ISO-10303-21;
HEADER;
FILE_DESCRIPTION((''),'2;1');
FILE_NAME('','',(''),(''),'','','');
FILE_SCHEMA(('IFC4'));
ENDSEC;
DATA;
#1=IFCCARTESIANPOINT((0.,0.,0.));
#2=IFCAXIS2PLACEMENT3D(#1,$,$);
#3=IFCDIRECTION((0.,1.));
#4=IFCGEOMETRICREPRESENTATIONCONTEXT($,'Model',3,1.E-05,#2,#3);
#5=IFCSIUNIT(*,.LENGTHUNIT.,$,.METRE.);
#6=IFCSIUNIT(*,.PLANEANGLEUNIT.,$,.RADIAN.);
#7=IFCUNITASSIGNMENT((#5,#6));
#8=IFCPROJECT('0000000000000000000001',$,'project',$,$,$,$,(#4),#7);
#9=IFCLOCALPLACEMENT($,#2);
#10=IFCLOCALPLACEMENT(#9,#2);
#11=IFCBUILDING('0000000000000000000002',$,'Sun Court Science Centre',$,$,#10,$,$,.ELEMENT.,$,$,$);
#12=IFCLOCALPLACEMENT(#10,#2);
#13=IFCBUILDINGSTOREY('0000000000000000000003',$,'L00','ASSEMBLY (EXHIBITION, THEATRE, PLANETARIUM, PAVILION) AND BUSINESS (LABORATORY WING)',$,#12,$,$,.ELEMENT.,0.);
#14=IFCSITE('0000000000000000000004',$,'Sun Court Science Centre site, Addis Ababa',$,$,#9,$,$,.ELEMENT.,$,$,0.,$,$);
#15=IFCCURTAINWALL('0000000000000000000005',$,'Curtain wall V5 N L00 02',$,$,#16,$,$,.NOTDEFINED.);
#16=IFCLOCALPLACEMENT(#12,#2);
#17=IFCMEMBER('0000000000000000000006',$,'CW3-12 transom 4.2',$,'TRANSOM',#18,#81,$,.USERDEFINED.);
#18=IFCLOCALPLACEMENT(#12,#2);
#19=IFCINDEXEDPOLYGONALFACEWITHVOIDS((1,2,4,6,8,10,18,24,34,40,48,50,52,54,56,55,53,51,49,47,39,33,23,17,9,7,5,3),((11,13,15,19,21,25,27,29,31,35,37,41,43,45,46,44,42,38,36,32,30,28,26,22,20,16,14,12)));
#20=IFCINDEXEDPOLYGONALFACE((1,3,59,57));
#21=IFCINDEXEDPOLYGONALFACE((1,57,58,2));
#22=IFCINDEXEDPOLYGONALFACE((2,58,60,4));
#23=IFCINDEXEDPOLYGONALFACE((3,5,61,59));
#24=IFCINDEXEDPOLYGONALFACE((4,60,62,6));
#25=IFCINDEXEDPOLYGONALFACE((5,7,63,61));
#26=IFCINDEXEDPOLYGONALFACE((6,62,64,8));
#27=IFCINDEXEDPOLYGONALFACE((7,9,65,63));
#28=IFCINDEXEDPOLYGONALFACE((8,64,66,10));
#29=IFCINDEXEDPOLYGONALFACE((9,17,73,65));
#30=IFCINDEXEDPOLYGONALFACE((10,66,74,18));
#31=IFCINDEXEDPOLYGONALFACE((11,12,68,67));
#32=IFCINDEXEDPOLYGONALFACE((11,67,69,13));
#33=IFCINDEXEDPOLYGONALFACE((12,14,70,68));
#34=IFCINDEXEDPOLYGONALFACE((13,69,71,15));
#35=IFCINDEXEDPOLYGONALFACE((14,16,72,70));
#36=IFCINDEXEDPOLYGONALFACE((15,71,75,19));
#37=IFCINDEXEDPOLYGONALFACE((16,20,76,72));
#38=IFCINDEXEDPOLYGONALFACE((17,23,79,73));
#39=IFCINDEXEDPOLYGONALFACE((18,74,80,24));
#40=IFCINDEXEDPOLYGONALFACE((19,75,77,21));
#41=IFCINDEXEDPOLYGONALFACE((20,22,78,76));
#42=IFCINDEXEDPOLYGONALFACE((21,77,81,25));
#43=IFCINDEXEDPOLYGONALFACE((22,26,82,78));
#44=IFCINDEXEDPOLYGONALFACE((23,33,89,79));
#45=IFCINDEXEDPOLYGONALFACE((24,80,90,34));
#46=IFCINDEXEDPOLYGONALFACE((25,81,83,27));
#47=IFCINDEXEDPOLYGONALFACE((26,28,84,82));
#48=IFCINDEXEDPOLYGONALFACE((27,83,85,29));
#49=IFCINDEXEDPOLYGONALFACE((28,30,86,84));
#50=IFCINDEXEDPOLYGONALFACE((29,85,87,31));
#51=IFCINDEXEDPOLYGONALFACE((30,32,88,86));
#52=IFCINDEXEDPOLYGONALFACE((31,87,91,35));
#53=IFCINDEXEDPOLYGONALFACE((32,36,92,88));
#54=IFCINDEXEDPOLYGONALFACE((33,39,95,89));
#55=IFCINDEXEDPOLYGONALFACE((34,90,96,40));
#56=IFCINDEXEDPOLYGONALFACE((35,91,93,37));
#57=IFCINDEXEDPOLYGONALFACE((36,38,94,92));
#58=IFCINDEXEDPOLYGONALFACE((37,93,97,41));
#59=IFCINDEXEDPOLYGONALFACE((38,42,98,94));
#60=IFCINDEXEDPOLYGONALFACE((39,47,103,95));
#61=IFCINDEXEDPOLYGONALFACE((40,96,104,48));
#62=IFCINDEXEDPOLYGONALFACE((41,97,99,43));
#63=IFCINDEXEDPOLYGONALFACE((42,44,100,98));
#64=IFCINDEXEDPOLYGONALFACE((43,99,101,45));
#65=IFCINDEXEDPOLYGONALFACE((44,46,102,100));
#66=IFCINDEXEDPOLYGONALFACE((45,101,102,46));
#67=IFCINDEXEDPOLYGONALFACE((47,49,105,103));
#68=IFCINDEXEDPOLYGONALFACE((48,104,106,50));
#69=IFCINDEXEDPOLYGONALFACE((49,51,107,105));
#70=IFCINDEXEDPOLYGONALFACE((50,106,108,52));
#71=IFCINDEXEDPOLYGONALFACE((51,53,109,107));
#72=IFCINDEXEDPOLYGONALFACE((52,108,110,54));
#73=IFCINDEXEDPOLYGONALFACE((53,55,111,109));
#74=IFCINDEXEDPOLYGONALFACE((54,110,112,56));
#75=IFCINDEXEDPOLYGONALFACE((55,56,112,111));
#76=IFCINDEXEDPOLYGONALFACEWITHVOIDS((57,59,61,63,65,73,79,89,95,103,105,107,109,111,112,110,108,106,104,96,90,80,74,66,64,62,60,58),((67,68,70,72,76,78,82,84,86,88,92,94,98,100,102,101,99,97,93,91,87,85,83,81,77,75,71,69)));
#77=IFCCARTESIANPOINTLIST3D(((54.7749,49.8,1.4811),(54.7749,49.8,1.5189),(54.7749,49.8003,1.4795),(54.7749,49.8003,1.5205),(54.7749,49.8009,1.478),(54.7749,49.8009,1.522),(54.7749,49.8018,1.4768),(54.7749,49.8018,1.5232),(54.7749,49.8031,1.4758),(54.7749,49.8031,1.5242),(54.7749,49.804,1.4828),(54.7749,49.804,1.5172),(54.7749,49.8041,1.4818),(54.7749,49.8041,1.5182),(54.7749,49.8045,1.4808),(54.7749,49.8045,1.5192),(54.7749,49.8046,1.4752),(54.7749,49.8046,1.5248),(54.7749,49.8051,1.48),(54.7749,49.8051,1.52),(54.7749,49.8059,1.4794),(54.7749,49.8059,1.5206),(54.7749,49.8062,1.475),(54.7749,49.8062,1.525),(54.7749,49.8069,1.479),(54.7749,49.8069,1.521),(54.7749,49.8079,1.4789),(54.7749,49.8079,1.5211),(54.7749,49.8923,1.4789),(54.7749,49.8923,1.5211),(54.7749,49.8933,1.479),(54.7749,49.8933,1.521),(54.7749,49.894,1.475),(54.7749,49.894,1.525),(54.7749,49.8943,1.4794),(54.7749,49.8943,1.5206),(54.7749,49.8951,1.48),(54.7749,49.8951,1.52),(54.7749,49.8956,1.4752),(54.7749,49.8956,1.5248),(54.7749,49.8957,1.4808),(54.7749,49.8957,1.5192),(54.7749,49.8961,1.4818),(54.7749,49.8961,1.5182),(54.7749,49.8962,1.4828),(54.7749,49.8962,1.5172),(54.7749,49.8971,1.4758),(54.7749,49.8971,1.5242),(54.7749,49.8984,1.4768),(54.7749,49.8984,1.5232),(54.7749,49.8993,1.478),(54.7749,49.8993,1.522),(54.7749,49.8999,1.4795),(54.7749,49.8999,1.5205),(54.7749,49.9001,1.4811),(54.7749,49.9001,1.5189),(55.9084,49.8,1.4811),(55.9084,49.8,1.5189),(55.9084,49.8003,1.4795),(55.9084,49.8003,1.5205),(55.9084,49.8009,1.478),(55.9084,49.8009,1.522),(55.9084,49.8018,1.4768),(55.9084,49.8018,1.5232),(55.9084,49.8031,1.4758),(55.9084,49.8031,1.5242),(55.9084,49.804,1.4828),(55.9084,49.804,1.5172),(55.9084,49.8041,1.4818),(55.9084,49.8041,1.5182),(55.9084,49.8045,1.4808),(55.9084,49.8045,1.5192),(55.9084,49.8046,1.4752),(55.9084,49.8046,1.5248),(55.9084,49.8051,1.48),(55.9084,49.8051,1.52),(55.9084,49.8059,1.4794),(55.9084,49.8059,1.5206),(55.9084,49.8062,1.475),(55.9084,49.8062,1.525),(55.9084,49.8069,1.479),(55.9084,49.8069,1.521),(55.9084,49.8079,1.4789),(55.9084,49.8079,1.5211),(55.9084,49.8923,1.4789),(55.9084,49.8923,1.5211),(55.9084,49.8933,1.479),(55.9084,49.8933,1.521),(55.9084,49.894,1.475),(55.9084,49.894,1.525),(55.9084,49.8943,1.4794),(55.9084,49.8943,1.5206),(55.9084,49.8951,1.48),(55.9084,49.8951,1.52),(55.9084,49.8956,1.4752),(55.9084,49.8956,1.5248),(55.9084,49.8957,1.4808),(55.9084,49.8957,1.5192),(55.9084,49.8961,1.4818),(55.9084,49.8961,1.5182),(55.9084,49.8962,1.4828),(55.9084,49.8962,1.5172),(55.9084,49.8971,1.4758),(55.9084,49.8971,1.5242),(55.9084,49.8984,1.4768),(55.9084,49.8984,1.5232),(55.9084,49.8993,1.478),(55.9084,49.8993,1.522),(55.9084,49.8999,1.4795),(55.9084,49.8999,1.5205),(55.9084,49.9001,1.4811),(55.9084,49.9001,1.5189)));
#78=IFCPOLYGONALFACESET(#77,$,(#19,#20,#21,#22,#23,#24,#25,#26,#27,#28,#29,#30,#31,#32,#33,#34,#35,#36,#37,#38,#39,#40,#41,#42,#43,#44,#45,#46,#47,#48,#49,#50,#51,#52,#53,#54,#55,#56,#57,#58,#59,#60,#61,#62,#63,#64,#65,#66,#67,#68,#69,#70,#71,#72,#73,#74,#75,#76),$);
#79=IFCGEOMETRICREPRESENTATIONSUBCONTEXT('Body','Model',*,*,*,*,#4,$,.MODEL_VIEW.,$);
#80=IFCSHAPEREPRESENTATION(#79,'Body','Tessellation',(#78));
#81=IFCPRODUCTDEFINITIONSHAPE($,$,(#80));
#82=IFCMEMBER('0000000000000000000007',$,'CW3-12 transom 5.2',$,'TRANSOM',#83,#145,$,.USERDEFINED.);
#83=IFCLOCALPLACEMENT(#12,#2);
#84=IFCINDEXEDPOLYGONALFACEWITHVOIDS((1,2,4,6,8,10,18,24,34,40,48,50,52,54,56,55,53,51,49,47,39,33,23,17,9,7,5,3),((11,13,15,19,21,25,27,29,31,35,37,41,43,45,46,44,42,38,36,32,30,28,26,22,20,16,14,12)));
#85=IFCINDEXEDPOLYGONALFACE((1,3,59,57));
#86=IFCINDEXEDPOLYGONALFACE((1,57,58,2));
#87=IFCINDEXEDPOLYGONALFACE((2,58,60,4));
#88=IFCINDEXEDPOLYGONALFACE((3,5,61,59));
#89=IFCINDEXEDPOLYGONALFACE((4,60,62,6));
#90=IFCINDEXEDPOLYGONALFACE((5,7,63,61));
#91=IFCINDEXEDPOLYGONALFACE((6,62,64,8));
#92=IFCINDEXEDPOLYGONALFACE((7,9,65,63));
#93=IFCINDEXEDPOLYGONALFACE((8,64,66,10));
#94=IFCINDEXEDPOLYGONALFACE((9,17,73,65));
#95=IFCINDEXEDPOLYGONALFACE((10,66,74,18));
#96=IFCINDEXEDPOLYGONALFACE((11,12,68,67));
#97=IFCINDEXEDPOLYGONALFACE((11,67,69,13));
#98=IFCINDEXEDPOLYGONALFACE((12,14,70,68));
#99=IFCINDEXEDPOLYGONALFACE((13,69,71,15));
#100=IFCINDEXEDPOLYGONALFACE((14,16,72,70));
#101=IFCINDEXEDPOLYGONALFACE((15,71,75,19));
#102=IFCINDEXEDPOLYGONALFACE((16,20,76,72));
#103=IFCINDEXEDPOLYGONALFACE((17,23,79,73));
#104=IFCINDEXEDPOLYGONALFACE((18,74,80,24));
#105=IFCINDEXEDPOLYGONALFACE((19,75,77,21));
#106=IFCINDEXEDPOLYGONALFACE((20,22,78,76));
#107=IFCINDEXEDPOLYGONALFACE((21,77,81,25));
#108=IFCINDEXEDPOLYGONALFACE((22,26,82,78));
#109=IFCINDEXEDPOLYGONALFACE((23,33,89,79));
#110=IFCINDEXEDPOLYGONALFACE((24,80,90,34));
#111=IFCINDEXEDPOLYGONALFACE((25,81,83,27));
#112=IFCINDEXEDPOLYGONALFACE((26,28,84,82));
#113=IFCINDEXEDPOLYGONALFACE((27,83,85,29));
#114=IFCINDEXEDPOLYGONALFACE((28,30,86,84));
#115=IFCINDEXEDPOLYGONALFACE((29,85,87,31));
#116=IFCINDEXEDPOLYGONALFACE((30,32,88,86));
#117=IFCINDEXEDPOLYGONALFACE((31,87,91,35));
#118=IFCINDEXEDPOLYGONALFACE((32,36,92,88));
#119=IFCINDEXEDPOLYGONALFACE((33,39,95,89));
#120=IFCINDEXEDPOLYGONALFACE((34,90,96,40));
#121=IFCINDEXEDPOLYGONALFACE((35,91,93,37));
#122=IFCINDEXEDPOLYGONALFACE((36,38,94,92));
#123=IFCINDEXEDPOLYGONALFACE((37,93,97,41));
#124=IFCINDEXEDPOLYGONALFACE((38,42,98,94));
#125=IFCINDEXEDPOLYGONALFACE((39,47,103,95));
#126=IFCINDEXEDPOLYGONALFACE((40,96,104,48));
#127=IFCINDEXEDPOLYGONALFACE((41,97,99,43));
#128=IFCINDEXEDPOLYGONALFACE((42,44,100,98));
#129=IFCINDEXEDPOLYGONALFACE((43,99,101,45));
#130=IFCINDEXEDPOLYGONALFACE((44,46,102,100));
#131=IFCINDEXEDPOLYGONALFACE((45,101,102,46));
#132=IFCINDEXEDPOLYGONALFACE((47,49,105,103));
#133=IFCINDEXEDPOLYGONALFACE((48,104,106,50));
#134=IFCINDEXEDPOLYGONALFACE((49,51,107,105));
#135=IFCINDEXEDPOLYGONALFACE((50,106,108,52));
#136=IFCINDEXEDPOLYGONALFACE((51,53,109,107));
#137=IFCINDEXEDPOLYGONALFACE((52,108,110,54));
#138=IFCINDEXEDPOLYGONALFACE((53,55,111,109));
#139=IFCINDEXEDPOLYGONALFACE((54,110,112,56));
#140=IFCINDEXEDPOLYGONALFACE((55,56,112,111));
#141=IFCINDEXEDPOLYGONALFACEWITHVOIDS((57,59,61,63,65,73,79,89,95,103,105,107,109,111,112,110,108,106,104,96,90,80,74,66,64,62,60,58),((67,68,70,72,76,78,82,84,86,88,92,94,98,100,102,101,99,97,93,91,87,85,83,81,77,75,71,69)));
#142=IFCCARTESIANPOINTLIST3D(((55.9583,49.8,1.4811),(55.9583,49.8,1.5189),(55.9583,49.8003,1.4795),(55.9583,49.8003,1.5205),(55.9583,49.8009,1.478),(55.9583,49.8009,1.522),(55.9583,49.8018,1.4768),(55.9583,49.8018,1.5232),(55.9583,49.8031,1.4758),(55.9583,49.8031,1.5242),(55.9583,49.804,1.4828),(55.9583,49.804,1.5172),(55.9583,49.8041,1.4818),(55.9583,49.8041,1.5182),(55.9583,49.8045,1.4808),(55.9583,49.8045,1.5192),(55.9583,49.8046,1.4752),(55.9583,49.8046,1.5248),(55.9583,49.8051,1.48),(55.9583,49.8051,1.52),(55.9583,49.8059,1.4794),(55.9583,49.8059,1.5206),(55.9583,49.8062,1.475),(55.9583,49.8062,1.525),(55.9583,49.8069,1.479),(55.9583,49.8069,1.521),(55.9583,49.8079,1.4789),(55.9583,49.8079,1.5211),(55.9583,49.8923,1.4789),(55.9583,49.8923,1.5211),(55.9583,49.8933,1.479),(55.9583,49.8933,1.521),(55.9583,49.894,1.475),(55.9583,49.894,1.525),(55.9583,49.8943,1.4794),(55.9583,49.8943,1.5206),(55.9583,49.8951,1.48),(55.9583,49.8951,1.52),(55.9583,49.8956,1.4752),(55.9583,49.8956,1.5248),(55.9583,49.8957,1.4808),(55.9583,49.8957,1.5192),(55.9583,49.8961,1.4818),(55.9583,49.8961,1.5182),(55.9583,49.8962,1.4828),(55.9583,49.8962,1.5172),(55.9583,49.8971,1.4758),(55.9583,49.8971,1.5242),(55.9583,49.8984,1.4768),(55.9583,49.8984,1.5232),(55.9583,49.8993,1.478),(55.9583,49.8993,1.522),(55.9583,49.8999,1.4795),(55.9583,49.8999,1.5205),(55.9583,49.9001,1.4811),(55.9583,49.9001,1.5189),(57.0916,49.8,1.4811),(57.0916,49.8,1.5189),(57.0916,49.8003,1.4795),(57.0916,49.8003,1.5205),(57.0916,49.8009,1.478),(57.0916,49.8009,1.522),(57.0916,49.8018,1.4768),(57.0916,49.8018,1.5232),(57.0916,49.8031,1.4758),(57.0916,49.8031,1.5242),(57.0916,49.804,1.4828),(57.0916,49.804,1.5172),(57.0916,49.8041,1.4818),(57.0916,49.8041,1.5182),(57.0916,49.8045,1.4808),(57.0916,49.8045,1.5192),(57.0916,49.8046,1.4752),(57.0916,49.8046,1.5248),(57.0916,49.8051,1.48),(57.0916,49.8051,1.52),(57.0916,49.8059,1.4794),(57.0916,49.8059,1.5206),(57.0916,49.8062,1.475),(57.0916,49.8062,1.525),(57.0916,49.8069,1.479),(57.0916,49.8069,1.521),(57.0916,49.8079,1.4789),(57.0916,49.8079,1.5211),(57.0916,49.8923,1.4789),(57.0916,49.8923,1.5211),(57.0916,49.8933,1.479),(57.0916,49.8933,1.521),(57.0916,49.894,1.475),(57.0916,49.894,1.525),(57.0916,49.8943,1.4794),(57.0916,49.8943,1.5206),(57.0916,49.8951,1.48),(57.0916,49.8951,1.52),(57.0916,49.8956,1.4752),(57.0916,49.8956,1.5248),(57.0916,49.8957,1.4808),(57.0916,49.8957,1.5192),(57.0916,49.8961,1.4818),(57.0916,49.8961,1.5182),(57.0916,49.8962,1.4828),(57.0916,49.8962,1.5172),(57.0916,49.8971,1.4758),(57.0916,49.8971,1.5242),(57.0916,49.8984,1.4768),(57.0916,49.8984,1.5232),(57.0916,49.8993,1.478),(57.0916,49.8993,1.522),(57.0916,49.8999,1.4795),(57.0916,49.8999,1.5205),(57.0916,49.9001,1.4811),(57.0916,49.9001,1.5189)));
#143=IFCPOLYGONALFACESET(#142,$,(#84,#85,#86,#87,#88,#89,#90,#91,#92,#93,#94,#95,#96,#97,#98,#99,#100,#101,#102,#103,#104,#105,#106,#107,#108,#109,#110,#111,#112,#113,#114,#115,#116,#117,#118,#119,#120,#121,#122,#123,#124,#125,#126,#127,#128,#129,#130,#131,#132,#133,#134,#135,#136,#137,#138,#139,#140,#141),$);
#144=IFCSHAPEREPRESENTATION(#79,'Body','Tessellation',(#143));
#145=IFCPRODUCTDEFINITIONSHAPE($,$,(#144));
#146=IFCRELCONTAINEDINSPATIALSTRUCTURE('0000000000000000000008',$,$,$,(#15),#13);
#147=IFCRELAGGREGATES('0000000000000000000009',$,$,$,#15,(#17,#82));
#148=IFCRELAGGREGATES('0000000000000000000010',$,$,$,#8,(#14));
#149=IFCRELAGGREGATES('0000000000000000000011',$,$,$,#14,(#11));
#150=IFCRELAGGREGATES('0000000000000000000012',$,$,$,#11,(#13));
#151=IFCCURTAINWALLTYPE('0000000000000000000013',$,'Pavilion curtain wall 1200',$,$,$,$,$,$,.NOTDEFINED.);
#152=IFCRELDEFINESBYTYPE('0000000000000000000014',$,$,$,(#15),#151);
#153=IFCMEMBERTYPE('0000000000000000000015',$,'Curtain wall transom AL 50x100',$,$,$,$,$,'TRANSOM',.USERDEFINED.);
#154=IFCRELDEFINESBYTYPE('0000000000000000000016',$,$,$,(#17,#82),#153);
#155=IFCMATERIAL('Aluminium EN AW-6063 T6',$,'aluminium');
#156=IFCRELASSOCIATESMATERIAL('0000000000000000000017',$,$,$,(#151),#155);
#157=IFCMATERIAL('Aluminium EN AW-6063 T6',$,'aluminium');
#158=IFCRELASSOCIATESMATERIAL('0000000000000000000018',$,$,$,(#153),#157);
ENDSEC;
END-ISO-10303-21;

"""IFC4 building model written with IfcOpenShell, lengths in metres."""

from ifc_helpers import new_model, si_unit, direction, frame, origin, origin_2d, place, context, subcontext, project, spatial, hollow_rectangle, extrude, material, material_profile, profile_set, type_object, element, aggregate, save


model = new_model("IFC4")

# Units and contexts
model_context = context("Model", 3, precision=1e-05, world=origin(), true_north=direction((0.0, 1.0)))
body_context = subcontext(model_context, "Body", "Model", "MODEL_VIEW")
ifc_project = project(units=[si_unit("LENGTHUNIT", "METRE"), si_unit("PLANEANGLEUNIT", "RADIAN")], contexts=[model_context])

# Site, building, storey
site_placement = place(None, origin())
site = spatial("IfcSite", under=ifc_project, at=site_placement, Name="Sun Court Science Centre site, Addis Ababa", CompositionType="ELEMENT", RefElevation=0.0)
building_placement = place(site_placement, origin())
building = spatial("IfcBuilding", under=site, at=building_placement, Name="Sun Court Science Centre", CompositionType="ELEMENT")
storey_placement = place(building_placement, origin())
storey = spatial("IfcBuildingStorey", under=building, at=storey_placement, Name="L00", Description="ASSEMBLY (EXHIBITION, THEATRE, PLANETARIUM, PAVILION) AND BUSINESS (LABORATORY WING)", CompositionType="ELEMENT", Elevation=0.0)

# Curtain wall, members
ifc_material_1 = material(Name="Aluminium EN AW-6063 T6", Category="aluminium")
curtain_wall_type = type_object("IfcCurtainWallType", Name="Pavilion curtain wall 1200", PredefinedType="NOTDEFINED", material=ifc_material_1)
curtain_wall_placement = place(storey_placement, origin())
curtain_wall = element("IfcCurtainWall", 1, at=curtain_wall_placement, inside=storey, type_object=curtain_wall_type, Name="Curtain wall V5 N L00 02", PredefinedType="NOTDEFINED")
ifc_material_2 = material(Name="Aluminium EN AW-6063 T6", Category="aluminium")
ifc_material_profile_1 = material_profile(ifc_material_2, hollow_rectangle(XDim=0.05, YDim=0.1001, WallThickness=0.0039, InnerFilletRadius=0.0039, OuterFilletRadius=0.0061, at=origin_2d()), Name="AL 50x100x4")
ifc_profile_set_1 = profile_set([ifc_material_profile_1], Name="Aluminium EN AW-6063 T6")
member_type_1 = type_object("IfcMemberType", Name="Curtain wall transom AL 50x100", ElementType="TRANSOM", PredefinedType="USERDEFINED", material=ifc_profile_set_1)
member_1_placement = place(storey_placement, frame((54.7749, 49.8501, 1.5), z_axis=(1.0, 0.0, 0.0), x_axis=(0.0, 0.0, 1.0)))
member_1 = element("IfcMember", 2, at=member_1_placement, type_object=member_type_1, Name="CW3-12 transom 4.2", ObjectType="TRANSOM", PredefinedType="USERDEFINED", context=body_context, shape_type="SweptSolid", body=[
    extrude(hollow_rectangle(XDim=0.05, YDim=0.1001, WallThickness=0.0039, InnerFilletRadius=0.0039, OuterFilletRadius=0.0061, at=origin_2d()), origin(), (0.0, 0.0, 1.0), 1.1335),
])
member_2_placement = place(storey_placement, frame((55.9583, 49.8501, 1.5), z_axis=(1.0, 0.0, 0.0), x_axis=(0.0, 0.0, 1.0)))
member_2 = element("IfcMember", 3, at=member_2_placement, type_object=member_type_1, Name="CW3-12 transom 5.2", ObjectType="TRANSOM", PredefinedType="USERDEFINED", context=body_context, shape_type="SweptSolid", body=[
    extrude(hollow_rectangle(XDim=0.05, YDim=0.1001, WallThickness=0.0039, InnerFilletRadius=0.0039, OuterFilletRadius=0.0061, at=origin_2d()), origin(), (0.0, 0.0, 1.0), 1.1333),
])
aggregate(curtain_wall, [member_1, member_2])

save(model, "model.ifc")
